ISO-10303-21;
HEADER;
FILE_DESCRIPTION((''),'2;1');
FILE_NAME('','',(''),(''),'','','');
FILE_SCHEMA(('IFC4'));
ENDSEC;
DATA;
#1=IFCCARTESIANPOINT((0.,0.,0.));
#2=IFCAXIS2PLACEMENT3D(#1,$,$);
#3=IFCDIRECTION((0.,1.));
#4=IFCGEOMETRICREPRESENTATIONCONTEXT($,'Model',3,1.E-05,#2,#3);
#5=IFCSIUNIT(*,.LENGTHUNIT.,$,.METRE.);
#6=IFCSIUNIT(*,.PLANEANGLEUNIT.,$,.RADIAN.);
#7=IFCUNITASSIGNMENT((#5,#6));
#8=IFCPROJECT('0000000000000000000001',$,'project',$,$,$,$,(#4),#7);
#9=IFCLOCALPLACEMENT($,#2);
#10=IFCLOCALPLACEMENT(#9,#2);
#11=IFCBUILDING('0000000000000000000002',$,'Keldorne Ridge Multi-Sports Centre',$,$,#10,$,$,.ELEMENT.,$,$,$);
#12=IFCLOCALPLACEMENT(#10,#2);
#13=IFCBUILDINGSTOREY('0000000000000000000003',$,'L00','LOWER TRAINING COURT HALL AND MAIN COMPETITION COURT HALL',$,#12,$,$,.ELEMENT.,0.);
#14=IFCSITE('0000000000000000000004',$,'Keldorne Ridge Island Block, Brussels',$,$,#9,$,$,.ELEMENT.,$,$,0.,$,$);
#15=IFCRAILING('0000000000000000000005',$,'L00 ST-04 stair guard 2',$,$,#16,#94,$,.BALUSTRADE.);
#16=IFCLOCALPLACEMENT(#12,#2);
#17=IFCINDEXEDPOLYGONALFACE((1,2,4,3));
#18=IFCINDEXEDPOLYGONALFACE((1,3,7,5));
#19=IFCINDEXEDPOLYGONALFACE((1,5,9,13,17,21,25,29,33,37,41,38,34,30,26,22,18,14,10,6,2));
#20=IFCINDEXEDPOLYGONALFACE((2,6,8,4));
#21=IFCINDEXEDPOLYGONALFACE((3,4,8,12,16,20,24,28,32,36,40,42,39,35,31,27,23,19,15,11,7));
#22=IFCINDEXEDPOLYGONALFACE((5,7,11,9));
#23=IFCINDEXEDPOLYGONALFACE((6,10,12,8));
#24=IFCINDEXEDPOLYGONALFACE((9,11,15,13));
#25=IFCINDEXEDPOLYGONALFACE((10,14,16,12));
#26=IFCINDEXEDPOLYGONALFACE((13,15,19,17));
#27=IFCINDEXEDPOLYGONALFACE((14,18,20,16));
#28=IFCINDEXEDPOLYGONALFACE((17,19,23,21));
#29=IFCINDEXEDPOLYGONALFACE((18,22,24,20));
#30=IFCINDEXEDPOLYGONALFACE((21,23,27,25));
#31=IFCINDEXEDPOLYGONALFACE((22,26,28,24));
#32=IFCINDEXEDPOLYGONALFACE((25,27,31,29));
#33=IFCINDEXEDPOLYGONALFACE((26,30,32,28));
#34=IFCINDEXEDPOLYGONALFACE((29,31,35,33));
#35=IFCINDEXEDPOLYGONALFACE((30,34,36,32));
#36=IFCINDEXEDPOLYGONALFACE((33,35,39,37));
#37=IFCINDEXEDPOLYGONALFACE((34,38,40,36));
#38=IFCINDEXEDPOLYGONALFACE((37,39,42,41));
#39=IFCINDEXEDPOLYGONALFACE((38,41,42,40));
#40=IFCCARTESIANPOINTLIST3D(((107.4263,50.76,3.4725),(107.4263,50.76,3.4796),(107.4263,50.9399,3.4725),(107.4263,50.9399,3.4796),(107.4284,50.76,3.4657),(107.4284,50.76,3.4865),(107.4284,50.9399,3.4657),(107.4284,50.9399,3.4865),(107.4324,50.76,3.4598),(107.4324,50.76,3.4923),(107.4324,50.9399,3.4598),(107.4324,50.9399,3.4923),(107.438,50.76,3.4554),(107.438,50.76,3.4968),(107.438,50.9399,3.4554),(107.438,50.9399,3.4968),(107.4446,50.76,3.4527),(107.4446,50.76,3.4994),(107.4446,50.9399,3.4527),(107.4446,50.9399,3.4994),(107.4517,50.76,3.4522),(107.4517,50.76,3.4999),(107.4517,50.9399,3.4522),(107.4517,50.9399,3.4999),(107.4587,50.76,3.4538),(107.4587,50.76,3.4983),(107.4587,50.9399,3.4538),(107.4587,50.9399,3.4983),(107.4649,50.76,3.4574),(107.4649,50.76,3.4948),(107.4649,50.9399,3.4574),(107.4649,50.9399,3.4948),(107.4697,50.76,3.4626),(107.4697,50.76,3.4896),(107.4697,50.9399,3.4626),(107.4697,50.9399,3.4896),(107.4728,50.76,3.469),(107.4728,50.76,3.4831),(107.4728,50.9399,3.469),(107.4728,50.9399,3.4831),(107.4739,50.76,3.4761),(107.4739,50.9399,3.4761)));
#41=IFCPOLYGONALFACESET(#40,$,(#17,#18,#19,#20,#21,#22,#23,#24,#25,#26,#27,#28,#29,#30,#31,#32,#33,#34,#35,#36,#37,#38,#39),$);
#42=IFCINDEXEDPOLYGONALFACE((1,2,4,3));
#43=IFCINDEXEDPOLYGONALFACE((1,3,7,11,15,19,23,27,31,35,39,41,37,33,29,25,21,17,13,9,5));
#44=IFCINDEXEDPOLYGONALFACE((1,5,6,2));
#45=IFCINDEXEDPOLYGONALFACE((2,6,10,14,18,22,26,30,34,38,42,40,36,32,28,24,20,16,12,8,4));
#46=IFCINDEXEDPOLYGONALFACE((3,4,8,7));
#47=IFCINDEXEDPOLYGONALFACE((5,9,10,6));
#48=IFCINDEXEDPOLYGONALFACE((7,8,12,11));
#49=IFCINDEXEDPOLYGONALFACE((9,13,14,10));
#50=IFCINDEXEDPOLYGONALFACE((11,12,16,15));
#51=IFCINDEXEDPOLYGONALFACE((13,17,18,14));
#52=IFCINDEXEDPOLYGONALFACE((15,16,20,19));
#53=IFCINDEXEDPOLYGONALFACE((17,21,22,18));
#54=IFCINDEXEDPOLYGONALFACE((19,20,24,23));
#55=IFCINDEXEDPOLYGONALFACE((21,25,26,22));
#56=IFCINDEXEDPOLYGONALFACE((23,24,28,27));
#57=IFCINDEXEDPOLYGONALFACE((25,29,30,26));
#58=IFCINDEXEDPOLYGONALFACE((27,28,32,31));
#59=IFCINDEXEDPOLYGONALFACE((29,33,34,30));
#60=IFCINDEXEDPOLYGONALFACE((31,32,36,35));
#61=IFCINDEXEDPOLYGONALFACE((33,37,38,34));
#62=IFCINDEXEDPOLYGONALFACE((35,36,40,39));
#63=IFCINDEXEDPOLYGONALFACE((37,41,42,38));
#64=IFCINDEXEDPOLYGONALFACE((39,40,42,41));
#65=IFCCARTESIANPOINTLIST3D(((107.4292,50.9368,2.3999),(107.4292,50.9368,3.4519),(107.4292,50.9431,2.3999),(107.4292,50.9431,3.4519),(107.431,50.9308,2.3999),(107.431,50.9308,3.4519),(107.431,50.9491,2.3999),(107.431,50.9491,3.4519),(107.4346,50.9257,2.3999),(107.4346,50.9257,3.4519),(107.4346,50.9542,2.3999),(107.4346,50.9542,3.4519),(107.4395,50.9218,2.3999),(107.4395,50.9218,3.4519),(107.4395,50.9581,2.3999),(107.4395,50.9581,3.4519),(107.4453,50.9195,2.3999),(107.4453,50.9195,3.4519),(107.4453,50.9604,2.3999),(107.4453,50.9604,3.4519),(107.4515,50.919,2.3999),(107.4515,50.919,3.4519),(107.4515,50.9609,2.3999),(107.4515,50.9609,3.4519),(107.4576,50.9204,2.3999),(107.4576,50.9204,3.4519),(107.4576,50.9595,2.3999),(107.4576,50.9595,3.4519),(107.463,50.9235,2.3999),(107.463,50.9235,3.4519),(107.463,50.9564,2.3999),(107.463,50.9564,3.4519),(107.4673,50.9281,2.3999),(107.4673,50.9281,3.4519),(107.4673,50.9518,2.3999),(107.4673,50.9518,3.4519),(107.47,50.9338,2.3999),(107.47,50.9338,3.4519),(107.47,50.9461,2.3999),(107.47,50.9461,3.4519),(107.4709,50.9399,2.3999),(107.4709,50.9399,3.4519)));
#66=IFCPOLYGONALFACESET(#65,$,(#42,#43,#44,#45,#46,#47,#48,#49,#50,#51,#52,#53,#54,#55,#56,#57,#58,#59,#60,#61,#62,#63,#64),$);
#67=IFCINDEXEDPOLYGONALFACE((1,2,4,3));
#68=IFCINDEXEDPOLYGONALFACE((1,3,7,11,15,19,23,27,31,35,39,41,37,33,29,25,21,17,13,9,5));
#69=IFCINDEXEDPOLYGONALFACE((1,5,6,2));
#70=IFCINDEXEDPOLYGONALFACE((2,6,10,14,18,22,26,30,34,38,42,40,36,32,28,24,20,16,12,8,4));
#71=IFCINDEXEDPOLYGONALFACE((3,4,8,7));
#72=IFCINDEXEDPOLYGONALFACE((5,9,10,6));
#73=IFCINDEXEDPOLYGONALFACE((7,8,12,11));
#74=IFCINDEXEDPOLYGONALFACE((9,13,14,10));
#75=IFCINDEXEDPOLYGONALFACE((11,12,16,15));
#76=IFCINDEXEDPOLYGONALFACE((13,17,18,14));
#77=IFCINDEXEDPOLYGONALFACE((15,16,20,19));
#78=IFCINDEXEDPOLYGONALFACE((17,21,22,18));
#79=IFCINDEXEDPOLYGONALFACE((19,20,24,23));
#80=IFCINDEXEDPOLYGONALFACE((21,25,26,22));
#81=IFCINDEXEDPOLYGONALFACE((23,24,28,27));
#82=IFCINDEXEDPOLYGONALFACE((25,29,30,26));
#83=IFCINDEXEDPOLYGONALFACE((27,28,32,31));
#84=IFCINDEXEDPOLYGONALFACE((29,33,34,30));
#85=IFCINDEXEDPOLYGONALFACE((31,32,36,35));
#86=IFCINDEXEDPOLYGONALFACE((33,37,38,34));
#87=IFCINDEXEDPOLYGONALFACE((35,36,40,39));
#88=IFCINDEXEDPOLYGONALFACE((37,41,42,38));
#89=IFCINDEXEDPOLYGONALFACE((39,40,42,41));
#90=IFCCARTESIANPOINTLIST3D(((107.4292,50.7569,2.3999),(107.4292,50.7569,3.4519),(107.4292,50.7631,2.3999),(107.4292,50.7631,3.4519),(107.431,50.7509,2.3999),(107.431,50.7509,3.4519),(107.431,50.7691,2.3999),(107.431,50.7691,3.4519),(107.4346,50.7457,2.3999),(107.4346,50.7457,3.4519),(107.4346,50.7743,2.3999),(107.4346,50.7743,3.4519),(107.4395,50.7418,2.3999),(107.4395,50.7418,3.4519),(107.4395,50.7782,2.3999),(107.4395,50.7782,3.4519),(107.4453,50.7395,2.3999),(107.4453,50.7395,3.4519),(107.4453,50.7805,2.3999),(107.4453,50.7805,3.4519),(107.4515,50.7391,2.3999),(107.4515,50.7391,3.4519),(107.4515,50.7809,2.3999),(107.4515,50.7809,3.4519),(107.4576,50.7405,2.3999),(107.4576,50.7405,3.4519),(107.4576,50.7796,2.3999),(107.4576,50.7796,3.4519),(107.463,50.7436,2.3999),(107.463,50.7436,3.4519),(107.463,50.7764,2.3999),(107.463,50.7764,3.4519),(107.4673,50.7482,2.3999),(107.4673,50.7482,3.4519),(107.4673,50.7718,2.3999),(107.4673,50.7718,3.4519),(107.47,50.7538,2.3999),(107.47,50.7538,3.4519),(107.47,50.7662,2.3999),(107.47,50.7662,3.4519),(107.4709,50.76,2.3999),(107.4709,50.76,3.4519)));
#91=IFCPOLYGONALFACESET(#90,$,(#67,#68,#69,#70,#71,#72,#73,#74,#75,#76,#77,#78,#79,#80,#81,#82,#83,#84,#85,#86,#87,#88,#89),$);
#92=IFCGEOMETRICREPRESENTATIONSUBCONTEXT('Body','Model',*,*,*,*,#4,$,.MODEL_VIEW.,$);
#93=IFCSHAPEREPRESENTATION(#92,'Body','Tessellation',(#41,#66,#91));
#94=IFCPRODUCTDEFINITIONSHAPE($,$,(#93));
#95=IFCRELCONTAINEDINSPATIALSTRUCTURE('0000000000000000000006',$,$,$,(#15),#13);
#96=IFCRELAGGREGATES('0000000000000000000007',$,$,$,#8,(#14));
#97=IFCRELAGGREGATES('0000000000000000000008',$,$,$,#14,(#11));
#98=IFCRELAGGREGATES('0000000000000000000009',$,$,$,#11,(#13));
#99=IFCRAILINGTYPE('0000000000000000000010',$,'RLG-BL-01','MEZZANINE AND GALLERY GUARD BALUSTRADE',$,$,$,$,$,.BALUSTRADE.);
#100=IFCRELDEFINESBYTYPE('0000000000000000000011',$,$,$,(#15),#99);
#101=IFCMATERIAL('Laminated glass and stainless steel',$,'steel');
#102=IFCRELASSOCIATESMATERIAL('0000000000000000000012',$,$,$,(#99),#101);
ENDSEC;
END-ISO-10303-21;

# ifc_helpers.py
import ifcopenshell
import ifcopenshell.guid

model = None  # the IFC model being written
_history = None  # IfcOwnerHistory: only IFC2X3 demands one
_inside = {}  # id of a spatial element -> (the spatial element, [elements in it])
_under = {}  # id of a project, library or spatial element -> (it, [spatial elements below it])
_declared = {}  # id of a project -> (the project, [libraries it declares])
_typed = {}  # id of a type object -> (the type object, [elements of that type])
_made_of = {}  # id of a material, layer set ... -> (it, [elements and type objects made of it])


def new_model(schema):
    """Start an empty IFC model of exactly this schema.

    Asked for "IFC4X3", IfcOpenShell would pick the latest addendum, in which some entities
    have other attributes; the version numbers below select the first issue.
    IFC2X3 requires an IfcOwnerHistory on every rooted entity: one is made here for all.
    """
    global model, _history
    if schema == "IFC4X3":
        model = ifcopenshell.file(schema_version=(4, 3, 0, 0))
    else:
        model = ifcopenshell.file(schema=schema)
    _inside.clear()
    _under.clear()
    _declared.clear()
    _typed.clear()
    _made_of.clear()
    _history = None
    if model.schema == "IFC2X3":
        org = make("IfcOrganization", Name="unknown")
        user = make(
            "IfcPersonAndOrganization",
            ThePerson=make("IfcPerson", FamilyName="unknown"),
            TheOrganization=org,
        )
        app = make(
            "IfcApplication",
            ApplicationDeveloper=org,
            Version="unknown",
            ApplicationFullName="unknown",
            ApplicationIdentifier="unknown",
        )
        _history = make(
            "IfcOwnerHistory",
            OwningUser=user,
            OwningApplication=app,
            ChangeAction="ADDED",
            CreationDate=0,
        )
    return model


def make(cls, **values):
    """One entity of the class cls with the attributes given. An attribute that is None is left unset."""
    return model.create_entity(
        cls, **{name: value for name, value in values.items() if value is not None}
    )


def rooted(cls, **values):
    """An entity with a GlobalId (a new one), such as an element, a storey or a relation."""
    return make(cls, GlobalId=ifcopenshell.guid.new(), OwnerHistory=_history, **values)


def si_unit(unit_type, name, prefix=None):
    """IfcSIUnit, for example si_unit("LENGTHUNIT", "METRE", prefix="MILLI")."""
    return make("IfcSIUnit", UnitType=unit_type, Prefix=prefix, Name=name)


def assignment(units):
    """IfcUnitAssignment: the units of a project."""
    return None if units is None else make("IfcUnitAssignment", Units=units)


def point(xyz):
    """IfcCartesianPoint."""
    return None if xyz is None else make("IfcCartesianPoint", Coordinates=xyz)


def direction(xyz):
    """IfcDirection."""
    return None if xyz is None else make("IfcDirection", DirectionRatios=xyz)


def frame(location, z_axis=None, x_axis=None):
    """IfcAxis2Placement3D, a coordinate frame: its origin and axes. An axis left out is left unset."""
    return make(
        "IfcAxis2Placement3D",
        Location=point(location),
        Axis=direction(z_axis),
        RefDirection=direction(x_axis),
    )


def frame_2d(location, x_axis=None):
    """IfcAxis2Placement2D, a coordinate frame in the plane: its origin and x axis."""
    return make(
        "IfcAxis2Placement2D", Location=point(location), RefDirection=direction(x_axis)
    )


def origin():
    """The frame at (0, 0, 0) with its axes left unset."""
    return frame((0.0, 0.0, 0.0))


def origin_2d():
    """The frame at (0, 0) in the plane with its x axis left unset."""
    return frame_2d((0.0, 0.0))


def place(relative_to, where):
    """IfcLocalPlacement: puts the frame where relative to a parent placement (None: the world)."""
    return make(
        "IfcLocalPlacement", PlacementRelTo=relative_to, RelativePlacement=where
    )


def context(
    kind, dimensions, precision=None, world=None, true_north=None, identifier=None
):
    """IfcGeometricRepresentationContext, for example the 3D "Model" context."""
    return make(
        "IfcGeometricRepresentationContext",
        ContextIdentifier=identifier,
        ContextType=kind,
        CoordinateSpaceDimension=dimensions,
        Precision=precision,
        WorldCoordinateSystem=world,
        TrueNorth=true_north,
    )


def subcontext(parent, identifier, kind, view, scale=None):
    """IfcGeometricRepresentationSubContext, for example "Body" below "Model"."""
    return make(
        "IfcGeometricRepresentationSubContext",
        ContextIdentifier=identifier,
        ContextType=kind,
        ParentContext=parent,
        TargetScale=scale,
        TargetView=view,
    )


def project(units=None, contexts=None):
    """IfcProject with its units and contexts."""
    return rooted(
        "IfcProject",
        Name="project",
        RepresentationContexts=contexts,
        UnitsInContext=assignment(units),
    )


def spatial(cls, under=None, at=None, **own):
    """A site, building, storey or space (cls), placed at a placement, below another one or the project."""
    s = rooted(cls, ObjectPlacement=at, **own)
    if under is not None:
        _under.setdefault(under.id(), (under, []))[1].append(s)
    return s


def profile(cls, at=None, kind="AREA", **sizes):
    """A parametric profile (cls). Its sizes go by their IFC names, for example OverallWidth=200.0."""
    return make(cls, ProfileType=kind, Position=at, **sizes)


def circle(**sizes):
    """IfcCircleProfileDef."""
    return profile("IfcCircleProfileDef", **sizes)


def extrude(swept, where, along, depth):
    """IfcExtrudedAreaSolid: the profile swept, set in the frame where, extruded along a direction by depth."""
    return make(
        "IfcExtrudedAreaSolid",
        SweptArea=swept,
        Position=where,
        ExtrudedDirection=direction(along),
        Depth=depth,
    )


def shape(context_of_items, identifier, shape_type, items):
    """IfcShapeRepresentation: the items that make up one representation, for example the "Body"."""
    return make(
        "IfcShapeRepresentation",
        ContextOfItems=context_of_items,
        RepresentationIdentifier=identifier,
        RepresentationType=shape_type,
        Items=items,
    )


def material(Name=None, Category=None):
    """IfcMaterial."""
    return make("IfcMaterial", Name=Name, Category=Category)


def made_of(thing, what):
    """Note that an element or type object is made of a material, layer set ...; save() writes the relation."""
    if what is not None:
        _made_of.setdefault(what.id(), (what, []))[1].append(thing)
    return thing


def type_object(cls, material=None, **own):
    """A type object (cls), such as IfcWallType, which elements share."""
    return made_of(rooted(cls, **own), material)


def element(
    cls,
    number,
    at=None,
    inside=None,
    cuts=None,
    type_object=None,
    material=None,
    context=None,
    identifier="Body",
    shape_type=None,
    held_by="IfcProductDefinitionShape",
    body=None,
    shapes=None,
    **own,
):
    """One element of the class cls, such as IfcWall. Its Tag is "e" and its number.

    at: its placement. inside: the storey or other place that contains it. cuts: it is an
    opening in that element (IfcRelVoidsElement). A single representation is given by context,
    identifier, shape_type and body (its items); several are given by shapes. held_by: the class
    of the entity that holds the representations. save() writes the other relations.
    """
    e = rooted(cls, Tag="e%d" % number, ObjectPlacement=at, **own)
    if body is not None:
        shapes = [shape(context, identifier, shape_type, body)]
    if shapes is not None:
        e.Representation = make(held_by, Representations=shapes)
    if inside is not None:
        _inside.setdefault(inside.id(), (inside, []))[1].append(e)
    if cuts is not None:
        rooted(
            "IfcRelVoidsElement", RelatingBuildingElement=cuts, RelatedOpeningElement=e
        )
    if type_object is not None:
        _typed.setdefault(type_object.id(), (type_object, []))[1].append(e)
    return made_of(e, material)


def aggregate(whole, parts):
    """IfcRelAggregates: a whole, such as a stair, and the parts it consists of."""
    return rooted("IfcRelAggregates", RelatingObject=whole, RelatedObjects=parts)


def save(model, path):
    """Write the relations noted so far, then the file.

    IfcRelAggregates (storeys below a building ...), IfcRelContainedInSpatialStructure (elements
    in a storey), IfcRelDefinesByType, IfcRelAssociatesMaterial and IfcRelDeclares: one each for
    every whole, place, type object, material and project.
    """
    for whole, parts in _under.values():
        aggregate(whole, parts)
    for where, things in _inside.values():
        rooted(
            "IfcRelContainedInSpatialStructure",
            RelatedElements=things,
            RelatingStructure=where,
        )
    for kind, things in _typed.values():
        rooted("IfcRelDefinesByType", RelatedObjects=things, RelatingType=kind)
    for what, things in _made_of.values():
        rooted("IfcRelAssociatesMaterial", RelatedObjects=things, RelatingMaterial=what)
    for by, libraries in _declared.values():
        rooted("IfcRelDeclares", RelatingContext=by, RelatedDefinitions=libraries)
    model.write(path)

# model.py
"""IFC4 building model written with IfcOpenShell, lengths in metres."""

from ifc_helpers import new_model, si_unit, direction, frame, origin, origin_2d, place, context, subcontext, project, spatial, circle, extrude, material, type_object, element, save


model = new_model("IFC4")

# Units and contexts
model_context = context("Model", 3, precision=1e-05, world=origin(), true_north=direction((0.0, 1.0)))
body_context = subcontext(model_context, "Body", "Model", "MODEL_VIEW")
ifc_project = project(units=[si_unit("LENGTHUNIT", "METRE"), si_unit("PLANEANGLEUNIT", "RADIAN")], contexts=[model_context])

# Site, building, storey
site_placement = place(None, origin())
site = spatial("IfcSite", under=ifc_project, at=site_placement, Name="Keldorne Ridge Island Block, Brussels", CompositionType="ELEMENT", RefElevation=0.0)
building_placement = place(site_placement, origin())
building = spatial("IfcBuilding", under=site, at=building_placement, Name="Keldorne Ridge Multi-Sports Centre", CompositionType="ELEMENT")
storey_placement = place(building_placement, origin())
storey = spatial("IfcBuildingStorey", under=building, at=storey_placement, Name="L00", Description="LOWER TRAINING COURT HALL AND MAIN COMPETITION COURT HALL", CompositionType="ELEMENT", Elevation=0.0)

# Railing
ifc_material_1 = material(Name="Laminated glass and stainless steel", Category="steel")
railing_type_1 = type_object("IfcRailingType", Name="RLG-BL-01", Description="MEZZANINE AND GALLERY GUARD BALUSTRADE", PredefinedType="BALUSTRADE", material=ifc_material_1)
railing_1_placement = place(storey_placement, frame((107.45, 50.9399, 2.3999)))
element("IfcRailing", 1, at=railing_1_placement, inside=storey, type_object=railing_type_1, Name="L00 ST-04 stair guard 2", PredefinedType="BALUSTRADE", context=body_context, shape_type="SweptSolid", body=[
    extrude(circle(Radius=0.0239, at=origin_2d()), frame((0.0, 0.0, 1.0762), z_axis=(0.0, -1.0, 0.0), x_axis=(1.0, 0.0, 0.0)), (0.0, 0.0, 1.0), 0.1799),
    extrude(circle(Radius=0.021, at=origin_2d()), origin(), (0.0, 0.0, 1.0), 1.052),
    extrude(circle(Radius=0.021, at=origin_2d()), frame((0.0, -0.1799, 0.0)), (0.0, 0.0, 1.0), 1.052),
])

save(model, "model.ifc")
